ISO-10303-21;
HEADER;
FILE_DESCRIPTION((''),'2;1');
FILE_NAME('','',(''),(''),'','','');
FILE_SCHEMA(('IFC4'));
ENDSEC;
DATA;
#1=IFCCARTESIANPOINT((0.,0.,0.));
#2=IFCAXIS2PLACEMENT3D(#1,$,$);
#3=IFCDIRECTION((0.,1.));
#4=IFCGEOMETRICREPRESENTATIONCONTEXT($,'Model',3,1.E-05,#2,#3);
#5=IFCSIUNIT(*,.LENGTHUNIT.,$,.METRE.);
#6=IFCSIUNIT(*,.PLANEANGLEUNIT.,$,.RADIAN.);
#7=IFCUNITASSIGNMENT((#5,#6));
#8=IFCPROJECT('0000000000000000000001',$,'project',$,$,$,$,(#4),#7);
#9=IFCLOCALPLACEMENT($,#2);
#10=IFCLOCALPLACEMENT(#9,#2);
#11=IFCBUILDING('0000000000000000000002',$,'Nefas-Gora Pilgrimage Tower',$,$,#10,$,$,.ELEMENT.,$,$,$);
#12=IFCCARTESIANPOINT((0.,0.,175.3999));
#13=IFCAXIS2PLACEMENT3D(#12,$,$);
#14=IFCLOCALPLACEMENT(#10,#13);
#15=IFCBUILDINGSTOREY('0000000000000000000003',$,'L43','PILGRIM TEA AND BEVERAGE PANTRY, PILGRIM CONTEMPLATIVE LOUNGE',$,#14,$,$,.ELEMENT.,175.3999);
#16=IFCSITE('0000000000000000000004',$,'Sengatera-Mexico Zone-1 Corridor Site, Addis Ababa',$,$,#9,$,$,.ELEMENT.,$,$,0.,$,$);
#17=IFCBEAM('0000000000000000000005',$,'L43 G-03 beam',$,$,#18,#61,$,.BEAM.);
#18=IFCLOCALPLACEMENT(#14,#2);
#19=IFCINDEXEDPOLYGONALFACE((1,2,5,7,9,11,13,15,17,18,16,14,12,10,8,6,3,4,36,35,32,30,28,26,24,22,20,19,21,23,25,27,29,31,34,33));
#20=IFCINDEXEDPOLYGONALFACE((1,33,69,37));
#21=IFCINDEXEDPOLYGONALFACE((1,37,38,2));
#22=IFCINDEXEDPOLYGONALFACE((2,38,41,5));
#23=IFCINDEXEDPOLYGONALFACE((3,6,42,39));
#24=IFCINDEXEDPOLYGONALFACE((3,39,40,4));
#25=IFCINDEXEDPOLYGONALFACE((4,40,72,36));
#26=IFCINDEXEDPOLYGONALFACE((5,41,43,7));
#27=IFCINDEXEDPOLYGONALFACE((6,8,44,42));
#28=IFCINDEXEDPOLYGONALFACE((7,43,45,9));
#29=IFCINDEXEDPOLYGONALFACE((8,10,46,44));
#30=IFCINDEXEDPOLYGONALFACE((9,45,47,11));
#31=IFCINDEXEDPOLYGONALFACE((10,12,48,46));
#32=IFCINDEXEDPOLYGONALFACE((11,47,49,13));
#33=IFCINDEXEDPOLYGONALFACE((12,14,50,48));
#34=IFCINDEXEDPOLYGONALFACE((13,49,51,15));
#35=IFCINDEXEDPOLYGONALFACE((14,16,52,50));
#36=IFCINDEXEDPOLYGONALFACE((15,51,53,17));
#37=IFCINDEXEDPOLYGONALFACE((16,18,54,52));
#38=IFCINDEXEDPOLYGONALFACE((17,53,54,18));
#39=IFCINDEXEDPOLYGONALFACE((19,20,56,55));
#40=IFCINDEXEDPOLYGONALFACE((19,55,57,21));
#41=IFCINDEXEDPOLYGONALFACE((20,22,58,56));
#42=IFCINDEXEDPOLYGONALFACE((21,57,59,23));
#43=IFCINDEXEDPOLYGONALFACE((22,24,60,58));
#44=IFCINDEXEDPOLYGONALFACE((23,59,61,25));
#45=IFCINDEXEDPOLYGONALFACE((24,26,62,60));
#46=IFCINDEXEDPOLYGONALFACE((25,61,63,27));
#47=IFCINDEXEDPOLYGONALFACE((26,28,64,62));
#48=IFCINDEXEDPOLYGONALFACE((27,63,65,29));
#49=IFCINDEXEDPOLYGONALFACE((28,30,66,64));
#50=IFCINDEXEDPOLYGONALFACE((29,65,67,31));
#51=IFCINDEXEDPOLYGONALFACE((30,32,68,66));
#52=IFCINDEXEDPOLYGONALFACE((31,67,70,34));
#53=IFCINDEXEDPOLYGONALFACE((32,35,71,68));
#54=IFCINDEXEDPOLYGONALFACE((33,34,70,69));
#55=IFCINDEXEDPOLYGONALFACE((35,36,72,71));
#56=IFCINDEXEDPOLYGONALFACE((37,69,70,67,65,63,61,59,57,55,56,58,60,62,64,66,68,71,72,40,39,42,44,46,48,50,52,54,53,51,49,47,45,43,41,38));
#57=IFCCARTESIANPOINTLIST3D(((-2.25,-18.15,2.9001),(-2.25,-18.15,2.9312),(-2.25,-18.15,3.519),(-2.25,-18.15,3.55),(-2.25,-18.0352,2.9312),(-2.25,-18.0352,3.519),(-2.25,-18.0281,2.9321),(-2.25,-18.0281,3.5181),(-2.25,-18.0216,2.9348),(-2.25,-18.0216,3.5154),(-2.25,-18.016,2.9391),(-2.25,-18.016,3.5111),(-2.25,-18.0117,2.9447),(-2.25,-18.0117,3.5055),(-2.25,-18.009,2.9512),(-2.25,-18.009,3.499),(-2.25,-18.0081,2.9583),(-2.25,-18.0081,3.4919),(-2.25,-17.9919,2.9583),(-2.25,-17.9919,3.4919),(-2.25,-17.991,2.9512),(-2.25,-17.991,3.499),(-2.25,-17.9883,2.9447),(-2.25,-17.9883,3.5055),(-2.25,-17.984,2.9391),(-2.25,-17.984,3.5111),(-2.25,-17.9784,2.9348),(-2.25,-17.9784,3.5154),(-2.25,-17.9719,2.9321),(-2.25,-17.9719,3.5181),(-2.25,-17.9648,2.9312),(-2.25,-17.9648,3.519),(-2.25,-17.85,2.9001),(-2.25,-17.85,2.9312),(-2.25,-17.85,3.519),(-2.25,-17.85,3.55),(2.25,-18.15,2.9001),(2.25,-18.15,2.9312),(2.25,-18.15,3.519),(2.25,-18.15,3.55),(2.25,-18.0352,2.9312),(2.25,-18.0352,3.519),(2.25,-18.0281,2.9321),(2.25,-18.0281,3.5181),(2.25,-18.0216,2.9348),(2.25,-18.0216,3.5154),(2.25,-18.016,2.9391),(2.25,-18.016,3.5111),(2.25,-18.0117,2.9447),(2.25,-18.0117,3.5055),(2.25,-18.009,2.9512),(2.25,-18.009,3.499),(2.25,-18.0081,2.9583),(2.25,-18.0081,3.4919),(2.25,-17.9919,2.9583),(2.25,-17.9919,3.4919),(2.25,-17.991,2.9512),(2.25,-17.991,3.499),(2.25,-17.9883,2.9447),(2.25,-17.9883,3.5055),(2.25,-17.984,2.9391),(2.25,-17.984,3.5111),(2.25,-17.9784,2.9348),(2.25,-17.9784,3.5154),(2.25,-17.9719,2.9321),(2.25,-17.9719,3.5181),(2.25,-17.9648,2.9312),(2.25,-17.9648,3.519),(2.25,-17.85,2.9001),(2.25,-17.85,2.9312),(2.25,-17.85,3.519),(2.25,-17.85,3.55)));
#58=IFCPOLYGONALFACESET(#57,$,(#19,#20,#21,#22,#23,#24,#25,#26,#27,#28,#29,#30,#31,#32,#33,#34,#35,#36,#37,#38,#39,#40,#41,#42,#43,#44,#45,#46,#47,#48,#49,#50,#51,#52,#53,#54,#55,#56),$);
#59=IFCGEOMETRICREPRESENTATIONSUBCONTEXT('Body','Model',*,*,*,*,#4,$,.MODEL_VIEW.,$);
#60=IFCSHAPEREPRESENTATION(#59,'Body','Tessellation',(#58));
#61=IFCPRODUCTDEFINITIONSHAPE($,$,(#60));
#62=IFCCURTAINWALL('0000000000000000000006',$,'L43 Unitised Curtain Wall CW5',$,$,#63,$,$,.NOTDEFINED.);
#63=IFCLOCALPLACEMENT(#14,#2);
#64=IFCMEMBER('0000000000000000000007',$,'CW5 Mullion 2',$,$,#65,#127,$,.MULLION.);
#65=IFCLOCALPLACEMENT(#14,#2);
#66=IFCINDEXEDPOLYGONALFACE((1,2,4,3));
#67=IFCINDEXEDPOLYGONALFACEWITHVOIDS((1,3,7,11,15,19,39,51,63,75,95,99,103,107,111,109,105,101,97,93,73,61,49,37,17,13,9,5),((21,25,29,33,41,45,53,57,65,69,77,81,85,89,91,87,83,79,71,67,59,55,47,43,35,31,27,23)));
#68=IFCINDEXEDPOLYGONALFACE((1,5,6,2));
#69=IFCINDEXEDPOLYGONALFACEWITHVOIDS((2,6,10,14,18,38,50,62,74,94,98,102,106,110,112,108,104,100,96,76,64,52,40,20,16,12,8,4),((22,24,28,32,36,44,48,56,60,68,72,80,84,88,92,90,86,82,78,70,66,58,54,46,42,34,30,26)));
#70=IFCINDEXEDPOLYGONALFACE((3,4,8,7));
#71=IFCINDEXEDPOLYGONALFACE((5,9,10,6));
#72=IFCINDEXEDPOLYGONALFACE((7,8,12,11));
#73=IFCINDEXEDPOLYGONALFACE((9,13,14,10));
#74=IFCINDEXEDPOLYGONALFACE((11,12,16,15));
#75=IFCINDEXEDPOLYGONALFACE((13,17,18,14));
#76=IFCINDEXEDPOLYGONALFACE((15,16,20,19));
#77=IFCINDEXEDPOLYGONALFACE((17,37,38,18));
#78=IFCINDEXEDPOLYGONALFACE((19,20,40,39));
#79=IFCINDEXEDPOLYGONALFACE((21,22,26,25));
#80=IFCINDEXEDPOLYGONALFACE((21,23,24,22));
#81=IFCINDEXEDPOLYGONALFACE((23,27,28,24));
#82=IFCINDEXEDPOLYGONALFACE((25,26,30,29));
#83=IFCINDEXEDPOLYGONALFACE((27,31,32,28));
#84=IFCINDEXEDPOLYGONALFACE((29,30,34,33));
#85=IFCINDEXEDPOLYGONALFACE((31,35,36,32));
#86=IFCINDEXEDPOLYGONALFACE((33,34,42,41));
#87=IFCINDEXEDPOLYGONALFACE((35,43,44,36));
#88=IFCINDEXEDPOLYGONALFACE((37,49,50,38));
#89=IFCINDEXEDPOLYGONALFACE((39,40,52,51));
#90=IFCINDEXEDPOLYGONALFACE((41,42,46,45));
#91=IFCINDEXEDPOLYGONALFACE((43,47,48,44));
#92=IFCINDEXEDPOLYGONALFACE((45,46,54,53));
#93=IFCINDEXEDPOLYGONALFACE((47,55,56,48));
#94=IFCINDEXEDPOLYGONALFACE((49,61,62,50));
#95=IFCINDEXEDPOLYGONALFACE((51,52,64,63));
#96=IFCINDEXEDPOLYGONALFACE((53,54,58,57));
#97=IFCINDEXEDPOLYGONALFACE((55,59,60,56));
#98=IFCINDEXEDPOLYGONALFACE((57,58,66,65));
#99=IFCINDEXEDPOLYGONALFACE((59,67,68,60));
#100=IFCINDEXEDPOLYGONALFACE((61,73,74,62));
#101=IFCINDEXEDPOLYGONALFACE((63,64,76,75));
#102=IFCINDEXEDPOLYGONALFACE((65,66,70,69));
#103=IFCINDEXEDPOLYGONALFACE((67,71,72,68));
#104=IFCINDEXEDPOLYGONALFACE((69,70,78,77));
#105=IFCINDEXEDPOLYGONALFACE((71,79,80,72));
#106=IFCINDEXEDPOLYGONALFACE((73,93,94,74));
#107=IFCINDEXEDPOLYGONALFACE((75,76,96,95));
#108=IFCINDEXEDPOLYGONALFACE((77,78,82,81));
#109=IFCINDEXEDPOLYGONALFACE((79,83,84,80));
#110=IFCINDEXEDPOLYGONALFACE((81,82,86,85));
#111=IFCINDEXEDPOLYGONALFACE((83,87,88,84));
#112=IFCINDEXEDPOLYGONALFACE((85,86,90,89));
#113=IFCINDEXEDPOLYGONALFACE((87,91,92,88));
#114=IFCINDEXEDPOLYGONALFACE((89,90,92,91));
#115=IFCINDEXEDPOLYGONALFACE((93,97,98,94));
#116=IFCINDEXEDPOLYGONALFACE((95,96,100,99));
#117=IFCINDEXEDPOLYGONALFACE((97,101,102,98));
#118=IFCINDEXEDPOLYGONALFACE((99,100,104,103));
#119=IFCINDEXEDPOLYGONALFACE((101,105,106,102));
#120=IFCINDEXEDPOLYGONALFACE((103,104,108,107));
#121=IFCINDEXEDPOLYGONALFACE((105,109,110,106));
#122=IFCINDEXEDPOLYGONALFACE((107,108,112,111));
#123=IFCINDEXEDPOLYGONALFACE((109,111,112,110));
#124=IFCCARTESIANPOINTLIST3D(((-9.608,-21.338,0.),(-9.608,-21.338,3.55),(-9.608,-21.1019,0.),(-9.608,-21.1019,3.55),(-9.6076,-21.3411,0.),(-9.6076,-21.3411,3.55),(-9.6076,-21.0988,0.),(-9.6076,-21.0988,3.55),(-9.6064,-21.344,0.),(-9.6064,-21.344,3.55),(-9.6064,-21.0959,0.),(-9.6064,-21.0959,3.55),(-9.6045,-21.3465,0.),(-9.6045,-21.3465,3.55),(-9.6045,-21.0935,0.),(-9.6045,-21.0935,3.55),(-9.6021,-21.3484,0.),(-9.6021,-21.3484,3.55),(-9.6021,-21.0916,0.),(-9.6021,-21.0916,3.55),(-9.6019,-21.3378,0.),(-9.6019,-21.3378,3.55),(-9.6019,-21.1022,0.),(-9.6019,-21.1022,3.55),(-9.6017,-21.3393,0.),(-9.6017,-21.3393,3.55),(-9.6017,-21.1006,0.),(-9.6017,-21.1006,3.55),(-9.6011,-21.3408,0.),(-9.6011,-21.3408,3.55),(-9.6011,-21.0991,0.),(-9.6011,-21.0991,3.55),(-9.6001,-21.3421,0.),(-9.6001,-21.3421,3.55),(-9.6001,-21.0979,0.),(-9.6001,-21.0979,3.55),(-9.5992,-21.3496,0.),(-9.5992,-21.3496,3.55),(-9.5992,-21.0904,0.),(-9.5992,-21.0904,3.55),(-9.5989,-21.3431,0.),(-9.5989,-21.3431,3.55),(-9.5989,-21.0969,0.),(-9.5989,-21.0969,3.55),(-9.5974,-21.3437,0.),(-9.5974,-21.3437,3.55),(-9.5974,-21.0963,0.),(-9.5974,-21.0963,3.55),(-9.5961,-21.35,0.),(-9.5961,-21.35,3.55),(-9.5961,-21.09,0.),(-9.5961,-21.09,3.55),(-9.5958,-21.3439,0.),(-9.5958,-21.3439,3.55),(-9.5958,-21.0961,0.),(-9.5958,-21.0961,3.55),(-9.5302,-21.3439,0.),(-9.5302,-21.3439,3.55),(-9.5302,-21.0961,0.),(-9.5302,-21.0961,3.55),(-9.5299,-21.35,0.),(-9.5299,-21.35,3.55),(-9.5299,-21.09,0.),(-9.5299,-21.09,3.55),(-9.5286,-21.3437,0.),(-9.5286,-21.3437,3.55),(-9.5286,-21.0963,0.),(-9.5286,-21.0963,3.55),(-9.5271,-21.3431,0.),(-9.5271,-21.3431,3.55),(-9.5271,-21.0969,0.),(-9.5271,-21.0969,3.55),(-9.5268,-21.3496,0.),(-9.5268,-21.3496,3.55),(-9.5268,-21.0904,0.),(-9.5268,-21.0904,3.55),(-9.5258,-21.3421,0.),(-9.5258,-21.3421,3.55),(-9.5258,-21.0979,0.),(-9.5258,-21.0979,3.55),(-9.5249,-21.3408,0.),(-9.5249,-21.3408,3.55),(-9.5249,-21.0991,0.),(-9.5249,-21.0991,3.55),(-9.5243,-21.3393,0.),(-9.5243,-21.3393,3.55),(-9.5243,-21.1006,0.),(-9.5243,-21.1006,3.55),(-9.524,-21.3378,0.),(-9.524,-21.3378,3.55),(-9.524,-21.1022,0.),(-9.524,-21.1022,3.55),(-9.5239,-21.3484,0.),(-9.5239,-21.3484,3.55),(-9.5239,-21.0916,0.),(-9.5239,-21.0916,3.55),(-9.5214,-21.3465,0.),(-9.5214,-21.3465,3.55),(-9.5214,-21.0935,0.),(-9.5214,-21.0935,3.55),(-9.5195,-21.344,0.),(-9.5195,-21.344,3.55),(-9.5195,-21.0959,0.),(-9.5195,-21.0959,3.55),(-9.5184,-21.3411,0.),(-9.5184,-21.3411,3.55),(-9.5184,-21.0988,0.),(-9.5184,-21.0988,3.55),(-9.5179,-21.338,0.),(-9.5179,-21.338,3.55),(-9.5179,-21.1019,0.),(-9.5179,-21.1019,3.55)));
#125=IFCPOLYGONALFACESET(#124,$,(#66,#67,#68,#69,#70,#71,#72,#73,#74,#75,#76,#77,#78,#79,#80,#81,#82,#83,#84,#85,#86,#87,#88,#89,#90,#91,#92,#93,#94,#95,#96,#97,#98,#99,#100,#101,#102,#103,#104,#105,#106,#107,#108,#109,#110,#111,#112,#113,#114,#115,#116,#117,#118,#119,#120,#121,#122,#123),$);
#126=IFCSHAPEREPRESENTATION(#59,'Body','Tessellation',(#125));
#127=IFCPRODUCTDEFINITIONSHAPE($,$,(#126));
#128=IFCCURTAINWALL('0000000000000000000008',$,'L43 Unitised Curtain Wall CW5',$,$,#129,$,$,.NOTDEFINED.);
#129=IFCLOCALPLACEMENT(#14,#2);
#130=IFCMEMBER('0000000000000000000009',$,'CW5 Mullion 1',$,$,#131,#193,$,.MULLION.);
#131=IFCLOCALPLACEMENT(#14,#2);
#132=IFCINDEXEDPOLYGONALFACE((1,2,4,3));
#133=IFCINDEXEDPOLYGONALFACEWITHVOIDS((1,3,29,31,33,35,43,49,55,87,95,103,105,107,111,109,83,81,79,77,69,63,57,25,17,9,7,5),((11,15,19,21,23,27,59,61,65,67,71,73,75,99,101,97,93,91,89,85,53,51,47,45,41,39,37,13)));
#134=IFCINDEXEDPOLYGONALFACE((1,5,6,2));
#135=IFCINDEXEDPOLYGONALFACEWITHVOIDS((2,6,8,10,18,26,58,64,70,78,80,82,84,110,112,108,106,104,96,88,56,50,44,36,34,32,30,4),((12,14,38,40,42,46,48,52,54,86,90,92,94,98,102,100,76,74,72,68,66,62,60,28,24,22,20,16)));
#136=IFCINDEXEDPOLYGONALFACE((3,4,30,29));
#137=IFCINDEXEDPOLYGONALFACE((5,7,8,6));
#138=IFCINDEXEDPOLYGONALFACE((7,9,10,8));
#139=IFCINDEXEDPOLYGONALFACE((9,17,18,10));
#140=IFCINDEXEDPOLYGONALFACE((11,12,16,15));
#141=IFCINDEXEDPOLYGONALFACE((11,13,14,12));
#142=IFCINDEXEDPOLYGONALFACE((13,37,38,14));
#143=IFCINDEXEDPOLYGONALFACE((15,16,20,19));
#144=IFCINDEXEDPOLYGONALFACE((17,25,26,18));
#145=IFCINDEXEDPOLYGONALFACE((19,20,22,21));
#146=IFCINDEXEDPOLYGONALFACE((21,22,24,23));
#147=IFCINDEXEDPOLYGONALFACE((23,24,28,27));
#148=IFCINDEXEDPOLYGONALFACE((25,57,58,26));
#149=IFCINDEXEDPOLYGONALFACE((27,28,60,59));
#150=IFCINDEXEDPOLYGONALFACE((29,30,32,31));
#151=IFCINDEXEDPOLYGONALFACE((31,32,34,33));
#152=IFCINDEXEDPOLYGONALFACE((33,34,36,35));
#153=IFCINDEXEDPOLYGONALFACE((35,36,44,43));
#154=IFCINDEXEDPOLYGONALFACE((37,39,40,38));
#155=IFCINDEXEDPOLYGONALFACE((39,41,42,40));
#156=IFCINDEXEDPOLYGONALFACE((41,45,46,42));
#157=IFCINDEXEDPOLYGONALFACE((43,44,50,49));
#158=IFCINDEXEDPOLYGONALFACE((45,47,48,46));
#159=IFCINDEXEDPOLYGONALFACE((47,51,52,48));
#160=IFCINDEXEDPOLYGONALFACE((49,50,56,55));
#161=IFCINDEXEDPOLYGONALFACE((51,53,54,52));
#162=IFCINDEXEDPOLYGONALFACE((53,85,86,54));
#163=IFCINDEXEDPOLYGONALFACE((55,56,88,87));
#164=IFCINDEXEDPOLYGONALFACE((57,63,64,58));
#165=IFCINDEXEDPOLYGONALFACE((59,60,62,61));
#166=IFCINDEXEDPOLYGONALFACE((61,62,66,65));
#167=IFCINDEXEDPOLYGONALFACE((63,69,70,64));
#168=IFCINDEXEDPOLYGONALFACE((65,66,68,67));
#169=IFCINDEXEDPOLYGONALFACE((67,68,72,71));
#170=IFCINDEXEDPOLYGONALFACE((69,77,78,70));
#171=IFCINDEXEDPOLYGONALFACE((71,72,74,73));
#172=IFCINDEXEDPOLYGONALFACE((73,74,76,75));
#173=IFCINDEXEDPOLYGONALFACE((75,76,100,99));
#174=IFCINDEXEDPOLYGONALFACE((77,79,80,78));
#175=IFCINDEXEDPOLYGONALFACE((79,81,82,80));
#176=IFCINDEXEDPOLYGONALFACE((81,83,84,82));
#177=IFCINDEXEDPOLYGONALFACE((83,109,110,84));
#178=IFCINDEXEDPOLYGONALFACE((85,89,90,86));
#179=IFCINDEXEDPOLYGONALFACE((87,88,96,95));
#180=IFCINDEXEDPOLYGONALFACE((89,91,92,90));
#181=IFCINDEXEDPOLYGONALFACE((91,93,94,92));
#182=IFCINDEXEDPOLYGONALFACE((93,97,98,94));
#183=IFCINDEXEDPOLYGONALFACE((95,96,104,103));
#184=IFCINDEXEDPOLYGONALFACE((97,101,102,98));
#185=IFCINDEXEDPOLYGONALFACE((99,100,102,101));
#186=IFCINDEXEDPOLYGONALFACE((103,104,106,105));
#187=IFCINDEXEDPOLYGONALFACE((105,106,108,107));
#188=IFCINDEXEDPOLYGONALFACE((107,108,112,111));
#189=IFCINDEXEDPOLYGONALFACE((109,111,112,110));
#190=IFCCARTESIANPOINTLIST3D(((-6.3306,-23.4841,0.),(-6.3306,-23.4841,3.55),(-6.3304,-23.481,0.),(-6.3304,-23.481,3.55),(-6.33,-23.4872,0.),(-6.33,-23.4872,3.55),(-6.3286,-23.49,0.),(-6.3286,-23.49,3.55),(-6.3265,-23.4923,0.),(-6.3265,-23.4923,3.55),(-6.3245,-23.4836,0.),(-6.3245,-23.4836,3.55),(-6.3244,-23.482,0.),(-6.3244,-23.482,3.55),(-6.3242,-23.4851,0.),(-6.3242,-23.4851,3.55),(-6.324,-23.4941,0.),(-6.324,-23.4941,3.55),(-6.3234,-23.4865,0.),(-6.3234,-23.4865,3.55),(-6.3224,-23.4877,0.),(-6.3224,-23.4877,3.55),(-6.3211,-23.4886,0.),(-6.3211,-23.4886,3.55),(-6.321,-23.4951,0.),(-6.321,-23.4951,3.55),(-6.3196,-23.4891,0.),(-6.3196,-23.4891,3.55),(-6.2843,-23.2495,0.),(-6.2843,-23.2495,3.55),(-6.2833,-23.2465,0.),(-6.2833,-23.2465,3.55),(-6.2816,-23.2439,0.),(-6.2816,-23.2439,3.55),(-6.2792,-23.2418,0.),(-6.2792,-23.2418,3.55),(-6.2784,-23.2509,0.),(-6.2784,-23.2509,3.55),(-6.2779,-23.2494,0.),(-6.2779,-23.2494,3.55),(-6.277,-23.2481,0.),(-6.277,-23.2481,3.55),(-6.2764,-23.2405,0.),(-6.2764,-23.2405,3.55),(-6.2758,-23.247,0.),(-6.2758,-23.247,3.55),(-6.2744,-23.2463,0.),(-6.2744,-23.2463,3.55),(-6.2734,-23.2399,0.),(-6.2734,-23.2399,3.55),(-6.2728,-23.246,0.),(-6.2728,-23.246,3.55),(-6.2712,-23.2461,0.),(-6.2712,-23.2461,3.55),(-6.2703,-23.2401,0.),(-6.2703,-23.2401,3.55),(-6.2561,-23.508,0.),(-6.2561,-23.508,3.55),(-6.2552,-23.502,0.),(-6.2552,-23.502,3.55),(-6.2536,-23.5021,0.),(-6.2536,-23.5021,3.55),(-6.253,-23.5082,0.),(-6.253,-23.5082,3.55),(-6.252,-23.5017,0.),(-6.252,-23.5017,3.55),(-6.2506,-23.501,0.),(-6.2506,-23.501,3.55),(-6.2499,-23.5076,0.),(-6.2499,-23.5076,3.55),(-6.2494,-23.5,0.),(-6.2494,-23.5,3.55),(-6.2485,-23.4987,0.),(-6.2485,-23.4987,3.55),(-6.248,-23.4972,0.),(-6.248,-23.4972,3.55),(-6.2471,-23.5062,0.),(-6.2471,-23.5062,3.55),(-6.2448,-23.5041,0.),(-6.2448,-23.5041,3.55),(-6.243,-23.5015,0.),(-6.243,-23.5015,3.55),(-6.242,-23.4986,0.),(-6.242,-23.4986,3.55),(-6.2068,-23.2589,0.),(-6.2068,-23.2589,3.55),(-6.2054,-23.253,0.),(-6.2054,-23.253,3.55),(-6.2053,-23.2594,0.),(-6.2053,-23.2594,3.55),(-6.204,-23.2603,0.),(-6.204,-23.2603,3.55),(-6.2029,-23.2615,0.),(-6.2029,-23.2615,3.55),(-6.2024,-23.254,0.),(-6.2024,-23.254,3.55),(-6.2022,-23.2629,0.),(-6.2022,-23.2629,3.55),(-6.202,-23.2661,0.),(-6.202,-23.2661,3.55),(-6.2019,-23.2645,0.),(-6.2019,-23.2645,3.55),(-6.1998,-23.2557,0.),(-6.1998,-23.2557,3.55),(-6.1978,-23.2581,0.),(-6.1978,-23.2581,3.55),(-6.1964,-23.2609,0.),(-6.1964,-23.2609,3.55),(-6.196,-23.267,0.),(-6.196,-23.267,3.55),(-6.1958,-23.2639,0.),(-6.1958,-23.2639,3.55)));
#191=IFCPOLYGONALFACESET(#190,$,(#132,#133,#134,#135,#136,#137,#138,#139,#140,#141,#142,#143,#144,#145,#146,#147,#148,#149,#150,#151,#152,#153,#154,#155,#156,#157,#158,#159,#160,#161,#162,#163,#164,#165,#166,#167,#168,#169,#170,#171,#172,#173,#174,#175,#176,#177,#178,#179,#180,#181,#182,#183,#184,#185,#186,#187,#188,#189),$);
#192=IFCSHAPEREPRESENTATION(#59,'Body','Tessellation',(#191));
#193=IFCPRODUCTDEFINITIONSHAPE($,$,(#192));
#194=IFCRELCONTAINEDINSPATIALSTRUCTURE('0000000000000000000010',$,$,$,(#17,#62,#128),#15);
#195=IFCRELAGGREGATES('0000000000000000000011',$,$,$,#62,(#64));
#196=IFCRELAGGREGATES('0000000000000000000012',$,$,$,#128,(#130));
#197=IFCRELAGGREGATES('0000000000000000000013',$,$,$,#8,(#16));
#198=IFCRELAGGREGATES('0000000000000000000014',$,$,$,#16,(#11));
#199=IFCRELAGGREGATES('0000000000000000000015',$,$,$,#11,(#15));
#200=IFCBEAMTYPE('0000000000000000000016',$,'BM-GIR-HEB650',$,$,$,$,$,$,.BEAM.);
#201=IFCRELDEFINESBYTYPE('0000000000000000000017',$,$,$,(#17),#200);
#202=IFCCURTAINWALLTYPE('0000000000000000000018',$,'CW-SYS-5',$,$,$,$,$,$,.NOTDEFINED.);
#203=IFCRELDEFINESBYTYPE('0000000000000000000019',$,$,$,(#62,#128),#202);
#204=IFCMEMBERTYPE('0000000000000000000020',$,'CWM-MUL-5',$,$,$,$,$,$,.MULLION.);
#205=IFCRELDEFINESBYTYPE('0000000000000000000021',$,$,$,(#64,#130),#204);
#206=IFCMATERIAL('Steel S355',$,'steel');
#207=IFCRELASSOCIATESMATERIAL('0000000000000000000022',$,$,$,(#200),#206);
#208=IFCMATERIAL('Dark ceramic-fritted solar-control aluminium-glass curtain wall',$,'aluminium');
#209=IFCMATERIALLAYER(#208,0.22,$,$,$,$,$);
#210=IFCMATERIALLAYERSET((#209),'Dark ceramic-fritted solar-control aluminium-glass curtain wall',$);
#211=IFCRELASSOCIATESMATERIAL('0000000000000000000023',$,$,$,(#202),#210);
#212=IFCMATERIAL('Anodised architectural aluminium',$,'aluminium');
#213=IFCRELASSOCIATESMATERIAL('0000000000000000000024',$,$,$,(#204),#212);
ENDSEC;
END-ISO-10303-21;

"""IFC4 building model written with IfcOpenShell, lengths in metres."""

from ifc_helpers import new_model, si_unit, direction, frame, origin, origin_2d, place, context, subcontext, project, spatial, hollow_rectangle, i_section, extrude, source, transform, mapped, material, layer, layer_set, material_profile, profile_set, type_object, element, aggregate, save


model = new_model("IFC4")

# Units and contexts
model_context = context("Model", 3, precision=1e-05, world=origin(), true_north=direction((0.0, 1.0)))
body_context = subcontext(model_context, "Body", "Model", "MODEL_VIEW")
ifc_project = project(units=[si_unit("LENGTHUNIT", "METRE"), si_unit("PLANEANGLEUNIT", "RADIAN")], contexts=[model_context])

# Site, building, storey
site_placement = place(None, origin())
site = spatial("IfcSite", under=ifc_project, at=site_placement, Name="Sengatera-Mexico Zone-1 Corridor Site, Addis Ababa", CompositionType="ELEMENT", RefElevation=0.0)
building_placement = place(site_placement, origin())
building = spatial("IfcBuilding", under=site, at=building_placement, Name="Nefas-Gora Pilgrimage Tower", CompositionType="ELEMENT")
storey_placement = place(building_placement, frame((0.0, 0.0, 175.3999)))
storey = spatial("IfcBuildingStorey", under=building, at=storey_placement, Name="L43", Description="PILGRIM TEA AND BEVERAGE PANTRY, PILGRIM CONTEMPLATIVE LOUNGE", CompositionType="ELEMENT", Elevation=175.3999)

# Beam
ifc_material_1 = material(Name="Steel S355", Category="steel")
ifc_material_profile_1 = material_profile(ifc_material_1, i_section(OverallWidth=0.3, OverallDepth=0.6499, WebThickness=0.0161, FlangeThickness=0.031, FilletRadius=0.0271, at=origin_2d()), Name="HEB 650")
ifc_profile_set_1 = profile_set([ifc_material_profile_1], Name="Steel S355")
beam_type = type_object("IfcBeamType", Name="BM-GIR-HEB650", PredefinedType="BEAM", material=ifc_profile_set_1)
shared_shape_1 = source(origin(), body_context, "Body", "SweptSolid", [
    extrude(i_section(OverallWidth=0.3, OverallDepth=0.6499, WebThickness=0.0161, FlangeThickness=0.031, FilletRadius=0.0271, at=origin_2d()), origin(), (0.0, 0.0, 1.0), 4.5),
])
for number, where, z_axis, x_axis, name in (
    (1, (-2.25, -18.0, 3.2251), (1.0, 0.0, 0.0), (0.0, 1.0, 0.0), "L43 G-03 beam"),
):
    element("IfcBeam", number, at=place(storey_placement, frame(where, z_axis=z_axis, x_axis=x_axis)), inside=storey, type_object=beam_type, Name=name, PredefinedType="BEAM", context=body_context, shape_type="MappedRepresentation", body=[
        mapped(shared_shape_1, transform((0.0, 0.0, 0.0), x_axis=(1.0, 0.0, 0.0), y_axis=(0.0, 1.0, 0.0), z_axis=(0.0, 0.0, 1.0), scale=1.0)),
    ])

# Curtain wall, member
ifc_material_2 = material(Name="Dark ceramic-fritted solar-control aluminium-glass curtain wall", Category="aluminium")
ifc_layer_1 = layer(ifc_material_2, 0.22)
ifc_layer_set_1 = layer_set([ifc_layer_1], Name="Dark ceramic-fritted solar-control aluminium-glass curtain wall")
curtain_wall_type = type_object("IfcCurtainWallType", Name="CW-SYS-5", PredefinedType="NOTDEFINED", material=ifc_layer_set_1)
curtain_wall_1_placement = place(storey_placement, origin())
curtain_wall_1 = element("IfcCurtainWall", 2, at=curtain_wall_1_placement, inside=storey, type_object=curtain_wall_type, Name="L43 Unitised Curtain Wall CW5", PredefinedType="NOTDEFINED")
ifc_material_3 = material(Name="Anodised architectural aluminium", Category="aluminium")
ifc_material_profile_2 = material_profile(ifc_material_3, hollow_rectangle(XDim=0.0901, YDim=0.26, WallThickness=0.0061, InnerFilletRadius=0.0061, OuterFilletRadius=0.012, at=origin_2d()), Name="ALU MULLION 90x260")
ifc_profile_set_2 = profile_set([ifc_material_profile_2], Name="Anodised architectural aluminium")
member_type_1 = type_object("IfcMemberType", Name="CWM-MUL-5", PredefinedType="MULLION", material=ifc_profile_set_2)
shared_shape_2 = source(origin(), body_context, "Body", "SweptSolid", [
    extrude(hollow_rectangle(XDim=0.0901, YDim=0.26, WallThickness=0.0061, InnerFilletRadius=0.0061, OuterFilletRadius=0.012, at=origin_2d()), origin(), (0.0, 0.0, 1.0), 3.55),
])
member_1_placement = place(storey_placement, frame((-9.563, -21.22, 0.0), z_axis=(0.0, 0.0, 1.0), x_axis=(1.0, 0.0, 0.0)))
member_1 = element("IfcMember", 3, at=member_1_placement, type_object=member_type_1, Name="CW5 Mullion 2", PredefinedType="MULLION", context=body_context, shape_type="MappedRepresentation", body=[
    mapped(shared_shape_2, transform((0.0, 0.0, 0.0), x_axis=(1.0, 0.0, 0.0), y_axis=(0.0, 1.0, 0.0), z_axis=(0.0, 0.0, 1.0), scale=1.0)),
])
aggregate(curtain_wall_1, [member_1])

# Curtain wall, member
curtain_wall_2_placement = place(storey_placement, origin())
curtain_wall_2 = element("IfcCurtainWall", 4, at=curtain_wall_2_placement, inside=storey, type_object=curtain_wall_type, Name="L43 Unitised Curtain Wall CW5", PredefinedType="NOTDEFINED")
member_2_placement = place(storey_placement, frame((-6.2632, -23.374, 0.0), z_axis=(0.0, 0.0, 1.0), x_axis=(0.980783, -0.195102, 0.0)))
member_2 = element("IfcMember", 5, at=member_2_placement, type_object=member_type_1, Name="CW5 Mullion 1", PredefinedType="MULLION", context=body_context, shape_type="MappedRepresentation", body=[
    mapped(shared_shape_2, transform((0.0, 0.0, 0.0), x_axis=(1.0, 0.0, 0.0), y_axis=(0.0, 1.0, 0.0), z_axis=(0.0, 0.0, 1.0), scale=1.0)),
])

aggregate(curtain_wall_2, [member_2])

save(model, "model.ifc")
